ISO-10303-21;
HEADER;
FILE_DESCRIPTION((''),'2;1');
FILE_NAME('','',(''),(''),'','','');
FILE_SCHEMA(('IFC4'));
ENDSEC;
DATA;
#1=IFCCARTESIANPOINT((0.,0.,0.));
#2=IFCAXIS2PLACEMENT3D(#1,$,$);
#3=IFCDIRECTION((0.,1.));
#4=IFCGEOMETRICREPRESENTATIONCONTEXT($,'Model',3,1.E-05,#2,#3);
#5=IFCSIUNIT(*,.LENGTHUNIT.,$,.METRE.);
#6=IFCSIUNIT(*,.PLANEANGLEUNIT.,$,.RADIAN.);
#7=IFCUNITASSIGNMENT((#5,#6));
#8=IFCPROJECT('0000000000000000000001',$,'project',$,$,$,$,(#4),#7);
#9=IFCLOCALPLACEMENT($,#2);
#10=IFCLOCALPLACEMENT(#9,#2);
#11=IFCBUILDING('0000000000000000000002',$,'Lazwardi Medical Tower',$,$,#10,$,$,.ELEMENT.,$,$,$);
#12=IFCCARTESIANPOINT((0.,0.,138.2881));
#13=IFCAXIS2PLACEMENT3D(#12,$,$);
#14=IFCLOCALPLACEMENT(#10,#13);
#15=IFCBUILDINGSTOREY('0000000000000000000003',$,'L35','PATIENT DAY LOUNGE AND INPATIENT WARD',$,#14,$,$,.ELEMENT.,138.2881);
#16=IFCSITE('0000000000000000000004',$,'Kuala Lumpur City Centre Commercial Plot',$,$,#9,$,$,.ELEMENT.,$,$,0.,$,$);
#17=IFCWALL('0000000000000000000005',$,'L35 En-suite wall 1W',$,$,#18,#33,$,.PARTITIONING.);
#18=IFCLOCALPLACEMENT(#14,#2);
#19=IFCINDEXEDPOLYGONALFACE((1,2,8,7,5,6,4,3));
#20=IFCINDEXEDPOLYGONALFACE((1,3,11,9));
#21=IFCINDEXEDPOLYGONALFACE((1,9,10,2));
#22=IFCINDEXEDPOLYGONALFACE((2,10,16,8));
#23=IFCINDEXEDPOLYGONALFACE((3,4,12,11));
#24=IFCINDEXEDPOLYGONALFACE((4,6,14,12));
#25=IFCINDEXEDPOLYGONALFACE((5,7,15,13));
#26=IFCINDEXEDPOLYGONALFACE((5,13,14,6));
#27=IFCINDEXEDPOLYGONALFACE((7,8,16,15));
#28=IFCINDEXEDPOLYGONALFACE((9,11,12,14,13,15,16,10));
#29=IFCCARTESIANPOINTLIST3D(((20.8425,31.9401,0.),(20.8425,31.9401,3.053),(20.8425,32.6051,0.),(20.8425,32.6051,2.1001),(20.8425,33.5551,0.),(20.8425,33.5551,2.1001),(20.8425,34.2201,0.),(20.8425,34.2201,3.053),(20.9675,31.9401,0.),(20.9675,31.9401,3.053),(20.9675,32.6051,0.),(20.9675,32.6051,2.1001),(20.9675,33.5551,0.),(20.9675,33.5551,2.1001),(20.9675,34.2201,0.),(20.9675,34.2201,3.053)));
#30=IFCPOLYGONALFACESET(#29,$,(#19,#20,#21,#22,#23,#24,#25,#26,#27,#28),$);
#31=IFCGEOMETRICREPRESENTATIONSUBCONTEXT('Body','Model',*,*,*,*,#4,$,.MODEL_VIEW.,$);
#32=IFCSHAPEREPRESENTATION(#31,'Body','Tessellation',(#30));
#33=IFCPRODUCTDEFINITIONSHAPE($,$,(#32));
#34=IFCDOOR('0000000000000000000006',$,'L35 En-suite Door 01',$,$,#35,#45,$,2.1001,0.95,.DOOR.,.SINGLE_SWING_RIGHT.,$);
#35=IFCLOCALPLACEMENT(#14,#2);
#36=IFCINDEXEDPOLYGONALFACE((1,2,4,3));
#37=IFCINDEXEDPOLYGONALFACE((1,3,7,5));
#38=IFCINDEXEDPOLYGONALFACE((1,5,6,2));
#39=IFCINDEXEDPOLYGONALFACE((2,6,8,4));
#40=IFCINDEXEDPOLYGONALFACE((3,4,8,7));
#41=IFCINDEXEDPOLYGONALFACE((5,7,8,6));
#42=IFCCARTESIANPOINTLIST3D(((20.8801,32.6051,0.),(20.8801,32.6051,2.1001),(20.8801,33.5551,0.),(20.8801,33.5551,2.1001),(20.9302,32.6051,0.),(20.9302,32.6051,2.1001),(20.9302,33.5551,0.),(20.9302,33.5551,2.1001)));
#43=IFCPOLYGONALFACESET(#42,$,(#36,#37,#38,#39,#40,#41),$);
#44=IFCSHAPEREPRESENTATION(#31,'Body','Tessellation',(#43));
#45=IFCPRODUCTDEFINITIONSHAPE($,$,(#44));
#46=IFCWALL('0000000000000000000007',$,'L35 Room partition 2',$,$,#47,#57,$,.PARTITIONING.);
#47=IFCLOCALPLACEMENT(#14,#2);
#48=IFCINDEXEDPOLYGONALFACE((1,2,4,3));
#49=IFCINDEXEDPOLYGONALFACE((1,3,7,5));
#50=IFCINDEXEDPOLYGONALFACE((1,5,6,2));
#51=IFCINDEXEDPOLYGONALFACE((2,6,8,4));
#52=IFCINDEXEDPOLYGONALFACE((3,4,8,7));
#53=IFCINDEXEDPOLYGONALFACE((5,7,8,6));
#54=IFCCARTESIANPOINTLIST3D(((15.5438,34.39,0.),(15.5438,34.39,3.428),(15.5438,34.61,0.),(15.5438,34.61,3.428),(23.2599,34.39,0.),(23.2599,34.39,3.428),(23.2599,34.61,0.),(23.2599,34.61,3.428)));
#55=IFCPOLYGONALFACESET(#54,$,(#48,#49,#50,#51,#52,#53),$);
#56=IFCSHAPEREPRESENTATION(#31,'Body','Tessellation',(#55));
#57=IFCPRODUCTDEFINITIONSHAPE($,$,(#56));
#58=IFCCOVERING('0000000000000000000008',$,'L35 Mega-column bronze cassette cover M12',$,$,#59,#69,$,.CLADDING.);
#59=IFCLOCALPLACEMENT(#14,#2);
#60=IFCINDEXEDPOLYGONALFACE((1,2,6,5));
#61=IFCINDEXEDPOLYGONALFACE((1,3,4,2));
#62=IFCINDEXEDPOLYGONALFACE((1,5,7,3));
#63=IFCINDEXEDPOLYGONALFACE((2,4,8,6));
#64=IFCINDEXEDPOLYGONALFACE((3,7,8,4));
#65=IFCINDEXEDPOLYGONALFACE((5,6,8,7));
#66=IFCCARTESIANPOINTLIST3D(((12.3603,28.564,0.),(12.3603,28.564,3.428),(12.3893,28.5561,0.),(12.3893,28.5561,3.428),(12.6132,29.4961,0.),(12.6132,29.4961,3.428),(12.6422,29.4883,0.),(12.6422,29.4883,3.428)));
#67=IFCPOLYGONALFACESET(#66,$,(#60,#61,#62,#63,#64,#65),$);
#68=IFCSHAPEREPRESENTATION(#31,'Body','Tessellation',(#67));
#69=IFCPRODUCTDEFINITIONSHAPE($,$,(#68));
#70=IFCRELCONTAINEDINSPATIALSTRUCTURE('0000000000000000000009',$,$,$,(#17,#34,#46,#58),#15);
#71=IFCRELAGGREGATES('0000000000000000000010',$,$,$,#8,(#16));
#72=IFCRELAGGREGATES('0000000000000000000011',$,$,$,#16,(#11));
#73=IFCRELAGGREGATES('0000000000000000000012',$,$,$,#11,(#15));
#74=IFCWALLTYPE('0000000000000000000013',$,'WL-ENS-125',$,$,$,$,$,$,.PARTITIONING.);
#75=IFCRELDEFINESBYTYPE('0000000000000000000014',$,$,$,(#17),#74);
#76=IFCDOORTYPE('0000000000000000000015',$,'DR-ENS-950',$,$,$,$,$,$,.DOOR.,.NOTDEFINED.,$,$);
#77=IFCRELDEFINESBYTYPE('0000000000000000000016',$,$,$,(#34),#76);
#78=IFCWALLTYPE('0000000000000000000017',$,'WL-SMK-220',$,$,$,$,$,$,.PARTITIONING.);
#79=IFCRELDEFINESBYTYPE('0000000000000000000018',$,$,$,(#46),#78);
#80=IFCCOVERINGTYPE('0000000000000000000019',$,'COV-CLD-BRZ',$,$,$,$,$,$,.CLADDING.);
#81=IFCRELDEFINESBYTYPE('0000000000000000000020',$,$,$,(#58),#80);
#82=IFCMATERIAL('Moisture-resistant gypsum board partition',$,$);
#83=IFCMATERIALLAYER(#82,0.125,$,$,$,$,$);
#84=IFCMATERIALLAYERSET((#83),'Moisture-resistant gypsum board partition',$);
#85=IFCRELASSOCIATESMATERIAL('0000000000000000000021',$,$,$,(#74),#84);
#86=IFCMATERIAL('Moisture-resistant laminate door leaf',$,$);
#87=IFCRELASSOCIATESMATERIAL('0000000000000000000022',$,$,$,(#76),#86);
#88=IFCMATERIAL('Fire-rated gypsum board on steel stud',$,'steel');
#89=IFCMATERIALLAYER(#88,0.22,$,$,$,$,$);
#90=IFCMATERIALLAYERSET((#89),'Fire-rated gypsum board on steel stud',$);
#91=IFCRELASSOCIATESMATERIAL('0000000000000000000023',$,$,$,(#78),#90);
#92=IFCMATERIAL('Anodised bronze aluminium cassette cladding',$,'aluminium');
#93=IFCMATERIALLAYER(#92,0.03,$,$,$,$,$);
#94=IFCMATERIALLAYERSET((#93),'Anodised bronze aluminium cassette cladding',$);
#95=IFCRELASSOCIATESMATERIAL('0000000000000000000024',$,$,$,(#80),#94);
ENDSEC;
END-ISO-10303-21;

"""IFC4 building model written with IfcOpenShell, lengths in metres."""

from ifc_helpers import new_model, si_unit, direction, frame, frame_2d, origin, origin_2d, place, context, subcontext, project, spatial, rectangle, extrude, material, layer, layer_set, type_object, element, fill, save


model = new_model("IFC4")

# Units and contexts
model_context = context("Model", 3, precision=1e-05, world=origin(), true_north=direction((0.0, 1.0)))
body_context = subcontext(model_context, "Body", "Model", "MODEL_VIEW")
ifc_project = project(units=[si_unit("LENGTHUNIT", "METRE"), si_unit("PLANEANGLEUNIT", "RADIAN")], contexts=[model_context])

# Site, building, storey
site_placement = place(None, origin())
site = spatial("IfcSite", under=ifc_project, at=site_placement, Name="Kuala Lumpur City Centre Commercial Plot", CompositionType="ELEMENT", RefElevation=0.0)
building_placement = place(site_placement, origin())
building = spatial("IfcBuilding", under=site, at=building_placement, Name="Lazwardi Medical Tower", CompositionType="ELEMENT")
storey_placement = place(building_placement, frame((0.0, 0.0, 138.2881)))
storey = spatial("IfcBuildingStorey", under=building, at=storey_placement, Name="L35", Description="PATIENT DAY LOUNGE AND INPATIENT WARD", CompositionType="ELEMENT", Elevation=138.2881)

# Shared definitions
ifc_material_1 = material(Name="Fire-rated gypsum board on steel stud", Category="steel")
ifc_material_2 = material(Name="Moisture-resistant gypsum board partition")
ifc_layer_1 = layer(ifc_material_2, 0.125)
ifc_layer_set_1 = layer_set([ifc_layer_1], Name="Moisture-resistant gypsum board partition")
wall_type_1 = type_object("IfcWallType", Name="WL-ENS-125", PredefinedType="PARTITIONING", material=ifc_layer_set_1)

# Wall, opening, door
wall_1_placement = place(storey_placement, frame((20.905, 31.9399, 0.0), z_axis=(0.0, 0.0, 1.0), x_axis=(0.0, 1.0, 0.0)))
wall_1 = element("IfcWall", 1, at=wall_1_placement, inside=storey, type_object=wall_type_1, Name="L35 En-suite wall 1W", PredefinedType="PARTITIONING", context=body_context, shape_type="SweptSolid", body=[
    extrude(rectangle(XDim=2.28, YDim=0.125, at=frame_2d((1.1401, 0.0))), origin(), (0.0, 0.0, 1.0), 3.053),
])
opening_placement = place(wall_1_placement, frame((0.665, 0.0, 0.0)))
opening = element("IfcOpeningElement", 2, at=opening_placement, cuts=wall_1, PredefinedType="OPENING", context=body_context, shape_type="SweptSolid", body=[
    extrude(rectangle(XDim=0.95, YDim=2.1001, at=frame_2d((0.4751, 1.05))), frame((0.0, 0.0725, 0.0), z_axis=(0.0, -1.0, 0.0), x_axis=(1.0, 0.0, 0.0)), (0.0, 0.0, 1.0), 0.145),
])
ifc_material_3 = material(Name="Moisture-resistant laminate door leaf")
door_type = type_object("IfcDoorType", Name="DR-ENS-950", OperationType="NOTDEFINED", PredefinedType="DOOR", material=ifc_material_3)
door_placement = place(opening_placement, origin())
door = element("IfcDoor", 3, at=door_placement, inside=storey, type_object=door_type, Name="L35 En-suite Door 01", OperationType="SINGLE_SWING_RIGHT", OverallHeight=2.1001, OverallWidth=0.95, PredefinedType="DOOR", context=body_context, shape_type="SweptSolid", body=[
    extrude(rectangle(XDim=0.95, YDim=2.1001, at=frame_2d((0.4751, 1.05))), frame((0.0, 0.0249, 0.0), z_axis=(0.0, -1.0, 0.0), x_axis=(1.0, 0.0, 0.0)), (0.0, 0.0, 1.0), 0.05),
])
fill(opening, door)

# Wall
ifc_layer_2 = layer(ifc_material_1, 0.22)
ifc_layer_set_2 = layer_set([ifc_layer_2], Name="Fire-rated gypsum board on steel stud")
wall_type_2 = type_object("IfcWallType", Name="WL-SMK-220", PredefinedType="PARTITIONING", material=ifc_layer_set_2)
wall_2_placement = place(storey_placement, frame((15.5439, 34.5, 0.0), z_axis=(0.0, 0.0, 1.0), x_axis=(1.0, 0.0, 0.0)))
element("IfcWall", 4, at=wall_2_placement, inside=storey, type_object=wall_type_2, Name="L35 Room partition 2", PredefinedType="PARTITIONING", context=body_context, shape_type="SweptSolid", body=[
    extrude(rectangle(XDim=7.7161, YDim=0.22, at=frame_2d((3.8579, 0.0))), origin(), (0.0, 0.0, 1.0), 3.428),
])

# Covering
ifc_material_4 = material(Name="Anodised bronze aluminium cassette cladding", Category="aluminium")
ifc_layer_3 = layer(ifc_material_4, 0.03)
ifc_layer_set_3 = layer_set([ifc_layer_3], Name="Anodised bronze aluminium cassette cladding")
covering_type = type_object("IfcCoveringType", Name="COV-CLD-BRZ", PredefinedType="CLADDING", material=ifc_layer_set_3)
covering_placement = place(storey_placement, frame((12.5012, 29.0261, 0.0), z_axis=(0.0, 0.0, 1.0), x_axis=(-0.261829, -0.965114, 0.0)))
element("IfcCovering", 5, at=covering_placement, inside=storey, type_object=covering_type, Name="L35 Mega-column bronze cassette cover M12", PredefinedType="CLADDING", context=body_context, shape_type="SweptSolid", body=[
    extrude(rectangle(XDim=0.9658, YDim=0.03, at=origin_2d()), origin(), (0.0, 0.0, 1.0), 3.428),
])

save(model, "model.ifc")
